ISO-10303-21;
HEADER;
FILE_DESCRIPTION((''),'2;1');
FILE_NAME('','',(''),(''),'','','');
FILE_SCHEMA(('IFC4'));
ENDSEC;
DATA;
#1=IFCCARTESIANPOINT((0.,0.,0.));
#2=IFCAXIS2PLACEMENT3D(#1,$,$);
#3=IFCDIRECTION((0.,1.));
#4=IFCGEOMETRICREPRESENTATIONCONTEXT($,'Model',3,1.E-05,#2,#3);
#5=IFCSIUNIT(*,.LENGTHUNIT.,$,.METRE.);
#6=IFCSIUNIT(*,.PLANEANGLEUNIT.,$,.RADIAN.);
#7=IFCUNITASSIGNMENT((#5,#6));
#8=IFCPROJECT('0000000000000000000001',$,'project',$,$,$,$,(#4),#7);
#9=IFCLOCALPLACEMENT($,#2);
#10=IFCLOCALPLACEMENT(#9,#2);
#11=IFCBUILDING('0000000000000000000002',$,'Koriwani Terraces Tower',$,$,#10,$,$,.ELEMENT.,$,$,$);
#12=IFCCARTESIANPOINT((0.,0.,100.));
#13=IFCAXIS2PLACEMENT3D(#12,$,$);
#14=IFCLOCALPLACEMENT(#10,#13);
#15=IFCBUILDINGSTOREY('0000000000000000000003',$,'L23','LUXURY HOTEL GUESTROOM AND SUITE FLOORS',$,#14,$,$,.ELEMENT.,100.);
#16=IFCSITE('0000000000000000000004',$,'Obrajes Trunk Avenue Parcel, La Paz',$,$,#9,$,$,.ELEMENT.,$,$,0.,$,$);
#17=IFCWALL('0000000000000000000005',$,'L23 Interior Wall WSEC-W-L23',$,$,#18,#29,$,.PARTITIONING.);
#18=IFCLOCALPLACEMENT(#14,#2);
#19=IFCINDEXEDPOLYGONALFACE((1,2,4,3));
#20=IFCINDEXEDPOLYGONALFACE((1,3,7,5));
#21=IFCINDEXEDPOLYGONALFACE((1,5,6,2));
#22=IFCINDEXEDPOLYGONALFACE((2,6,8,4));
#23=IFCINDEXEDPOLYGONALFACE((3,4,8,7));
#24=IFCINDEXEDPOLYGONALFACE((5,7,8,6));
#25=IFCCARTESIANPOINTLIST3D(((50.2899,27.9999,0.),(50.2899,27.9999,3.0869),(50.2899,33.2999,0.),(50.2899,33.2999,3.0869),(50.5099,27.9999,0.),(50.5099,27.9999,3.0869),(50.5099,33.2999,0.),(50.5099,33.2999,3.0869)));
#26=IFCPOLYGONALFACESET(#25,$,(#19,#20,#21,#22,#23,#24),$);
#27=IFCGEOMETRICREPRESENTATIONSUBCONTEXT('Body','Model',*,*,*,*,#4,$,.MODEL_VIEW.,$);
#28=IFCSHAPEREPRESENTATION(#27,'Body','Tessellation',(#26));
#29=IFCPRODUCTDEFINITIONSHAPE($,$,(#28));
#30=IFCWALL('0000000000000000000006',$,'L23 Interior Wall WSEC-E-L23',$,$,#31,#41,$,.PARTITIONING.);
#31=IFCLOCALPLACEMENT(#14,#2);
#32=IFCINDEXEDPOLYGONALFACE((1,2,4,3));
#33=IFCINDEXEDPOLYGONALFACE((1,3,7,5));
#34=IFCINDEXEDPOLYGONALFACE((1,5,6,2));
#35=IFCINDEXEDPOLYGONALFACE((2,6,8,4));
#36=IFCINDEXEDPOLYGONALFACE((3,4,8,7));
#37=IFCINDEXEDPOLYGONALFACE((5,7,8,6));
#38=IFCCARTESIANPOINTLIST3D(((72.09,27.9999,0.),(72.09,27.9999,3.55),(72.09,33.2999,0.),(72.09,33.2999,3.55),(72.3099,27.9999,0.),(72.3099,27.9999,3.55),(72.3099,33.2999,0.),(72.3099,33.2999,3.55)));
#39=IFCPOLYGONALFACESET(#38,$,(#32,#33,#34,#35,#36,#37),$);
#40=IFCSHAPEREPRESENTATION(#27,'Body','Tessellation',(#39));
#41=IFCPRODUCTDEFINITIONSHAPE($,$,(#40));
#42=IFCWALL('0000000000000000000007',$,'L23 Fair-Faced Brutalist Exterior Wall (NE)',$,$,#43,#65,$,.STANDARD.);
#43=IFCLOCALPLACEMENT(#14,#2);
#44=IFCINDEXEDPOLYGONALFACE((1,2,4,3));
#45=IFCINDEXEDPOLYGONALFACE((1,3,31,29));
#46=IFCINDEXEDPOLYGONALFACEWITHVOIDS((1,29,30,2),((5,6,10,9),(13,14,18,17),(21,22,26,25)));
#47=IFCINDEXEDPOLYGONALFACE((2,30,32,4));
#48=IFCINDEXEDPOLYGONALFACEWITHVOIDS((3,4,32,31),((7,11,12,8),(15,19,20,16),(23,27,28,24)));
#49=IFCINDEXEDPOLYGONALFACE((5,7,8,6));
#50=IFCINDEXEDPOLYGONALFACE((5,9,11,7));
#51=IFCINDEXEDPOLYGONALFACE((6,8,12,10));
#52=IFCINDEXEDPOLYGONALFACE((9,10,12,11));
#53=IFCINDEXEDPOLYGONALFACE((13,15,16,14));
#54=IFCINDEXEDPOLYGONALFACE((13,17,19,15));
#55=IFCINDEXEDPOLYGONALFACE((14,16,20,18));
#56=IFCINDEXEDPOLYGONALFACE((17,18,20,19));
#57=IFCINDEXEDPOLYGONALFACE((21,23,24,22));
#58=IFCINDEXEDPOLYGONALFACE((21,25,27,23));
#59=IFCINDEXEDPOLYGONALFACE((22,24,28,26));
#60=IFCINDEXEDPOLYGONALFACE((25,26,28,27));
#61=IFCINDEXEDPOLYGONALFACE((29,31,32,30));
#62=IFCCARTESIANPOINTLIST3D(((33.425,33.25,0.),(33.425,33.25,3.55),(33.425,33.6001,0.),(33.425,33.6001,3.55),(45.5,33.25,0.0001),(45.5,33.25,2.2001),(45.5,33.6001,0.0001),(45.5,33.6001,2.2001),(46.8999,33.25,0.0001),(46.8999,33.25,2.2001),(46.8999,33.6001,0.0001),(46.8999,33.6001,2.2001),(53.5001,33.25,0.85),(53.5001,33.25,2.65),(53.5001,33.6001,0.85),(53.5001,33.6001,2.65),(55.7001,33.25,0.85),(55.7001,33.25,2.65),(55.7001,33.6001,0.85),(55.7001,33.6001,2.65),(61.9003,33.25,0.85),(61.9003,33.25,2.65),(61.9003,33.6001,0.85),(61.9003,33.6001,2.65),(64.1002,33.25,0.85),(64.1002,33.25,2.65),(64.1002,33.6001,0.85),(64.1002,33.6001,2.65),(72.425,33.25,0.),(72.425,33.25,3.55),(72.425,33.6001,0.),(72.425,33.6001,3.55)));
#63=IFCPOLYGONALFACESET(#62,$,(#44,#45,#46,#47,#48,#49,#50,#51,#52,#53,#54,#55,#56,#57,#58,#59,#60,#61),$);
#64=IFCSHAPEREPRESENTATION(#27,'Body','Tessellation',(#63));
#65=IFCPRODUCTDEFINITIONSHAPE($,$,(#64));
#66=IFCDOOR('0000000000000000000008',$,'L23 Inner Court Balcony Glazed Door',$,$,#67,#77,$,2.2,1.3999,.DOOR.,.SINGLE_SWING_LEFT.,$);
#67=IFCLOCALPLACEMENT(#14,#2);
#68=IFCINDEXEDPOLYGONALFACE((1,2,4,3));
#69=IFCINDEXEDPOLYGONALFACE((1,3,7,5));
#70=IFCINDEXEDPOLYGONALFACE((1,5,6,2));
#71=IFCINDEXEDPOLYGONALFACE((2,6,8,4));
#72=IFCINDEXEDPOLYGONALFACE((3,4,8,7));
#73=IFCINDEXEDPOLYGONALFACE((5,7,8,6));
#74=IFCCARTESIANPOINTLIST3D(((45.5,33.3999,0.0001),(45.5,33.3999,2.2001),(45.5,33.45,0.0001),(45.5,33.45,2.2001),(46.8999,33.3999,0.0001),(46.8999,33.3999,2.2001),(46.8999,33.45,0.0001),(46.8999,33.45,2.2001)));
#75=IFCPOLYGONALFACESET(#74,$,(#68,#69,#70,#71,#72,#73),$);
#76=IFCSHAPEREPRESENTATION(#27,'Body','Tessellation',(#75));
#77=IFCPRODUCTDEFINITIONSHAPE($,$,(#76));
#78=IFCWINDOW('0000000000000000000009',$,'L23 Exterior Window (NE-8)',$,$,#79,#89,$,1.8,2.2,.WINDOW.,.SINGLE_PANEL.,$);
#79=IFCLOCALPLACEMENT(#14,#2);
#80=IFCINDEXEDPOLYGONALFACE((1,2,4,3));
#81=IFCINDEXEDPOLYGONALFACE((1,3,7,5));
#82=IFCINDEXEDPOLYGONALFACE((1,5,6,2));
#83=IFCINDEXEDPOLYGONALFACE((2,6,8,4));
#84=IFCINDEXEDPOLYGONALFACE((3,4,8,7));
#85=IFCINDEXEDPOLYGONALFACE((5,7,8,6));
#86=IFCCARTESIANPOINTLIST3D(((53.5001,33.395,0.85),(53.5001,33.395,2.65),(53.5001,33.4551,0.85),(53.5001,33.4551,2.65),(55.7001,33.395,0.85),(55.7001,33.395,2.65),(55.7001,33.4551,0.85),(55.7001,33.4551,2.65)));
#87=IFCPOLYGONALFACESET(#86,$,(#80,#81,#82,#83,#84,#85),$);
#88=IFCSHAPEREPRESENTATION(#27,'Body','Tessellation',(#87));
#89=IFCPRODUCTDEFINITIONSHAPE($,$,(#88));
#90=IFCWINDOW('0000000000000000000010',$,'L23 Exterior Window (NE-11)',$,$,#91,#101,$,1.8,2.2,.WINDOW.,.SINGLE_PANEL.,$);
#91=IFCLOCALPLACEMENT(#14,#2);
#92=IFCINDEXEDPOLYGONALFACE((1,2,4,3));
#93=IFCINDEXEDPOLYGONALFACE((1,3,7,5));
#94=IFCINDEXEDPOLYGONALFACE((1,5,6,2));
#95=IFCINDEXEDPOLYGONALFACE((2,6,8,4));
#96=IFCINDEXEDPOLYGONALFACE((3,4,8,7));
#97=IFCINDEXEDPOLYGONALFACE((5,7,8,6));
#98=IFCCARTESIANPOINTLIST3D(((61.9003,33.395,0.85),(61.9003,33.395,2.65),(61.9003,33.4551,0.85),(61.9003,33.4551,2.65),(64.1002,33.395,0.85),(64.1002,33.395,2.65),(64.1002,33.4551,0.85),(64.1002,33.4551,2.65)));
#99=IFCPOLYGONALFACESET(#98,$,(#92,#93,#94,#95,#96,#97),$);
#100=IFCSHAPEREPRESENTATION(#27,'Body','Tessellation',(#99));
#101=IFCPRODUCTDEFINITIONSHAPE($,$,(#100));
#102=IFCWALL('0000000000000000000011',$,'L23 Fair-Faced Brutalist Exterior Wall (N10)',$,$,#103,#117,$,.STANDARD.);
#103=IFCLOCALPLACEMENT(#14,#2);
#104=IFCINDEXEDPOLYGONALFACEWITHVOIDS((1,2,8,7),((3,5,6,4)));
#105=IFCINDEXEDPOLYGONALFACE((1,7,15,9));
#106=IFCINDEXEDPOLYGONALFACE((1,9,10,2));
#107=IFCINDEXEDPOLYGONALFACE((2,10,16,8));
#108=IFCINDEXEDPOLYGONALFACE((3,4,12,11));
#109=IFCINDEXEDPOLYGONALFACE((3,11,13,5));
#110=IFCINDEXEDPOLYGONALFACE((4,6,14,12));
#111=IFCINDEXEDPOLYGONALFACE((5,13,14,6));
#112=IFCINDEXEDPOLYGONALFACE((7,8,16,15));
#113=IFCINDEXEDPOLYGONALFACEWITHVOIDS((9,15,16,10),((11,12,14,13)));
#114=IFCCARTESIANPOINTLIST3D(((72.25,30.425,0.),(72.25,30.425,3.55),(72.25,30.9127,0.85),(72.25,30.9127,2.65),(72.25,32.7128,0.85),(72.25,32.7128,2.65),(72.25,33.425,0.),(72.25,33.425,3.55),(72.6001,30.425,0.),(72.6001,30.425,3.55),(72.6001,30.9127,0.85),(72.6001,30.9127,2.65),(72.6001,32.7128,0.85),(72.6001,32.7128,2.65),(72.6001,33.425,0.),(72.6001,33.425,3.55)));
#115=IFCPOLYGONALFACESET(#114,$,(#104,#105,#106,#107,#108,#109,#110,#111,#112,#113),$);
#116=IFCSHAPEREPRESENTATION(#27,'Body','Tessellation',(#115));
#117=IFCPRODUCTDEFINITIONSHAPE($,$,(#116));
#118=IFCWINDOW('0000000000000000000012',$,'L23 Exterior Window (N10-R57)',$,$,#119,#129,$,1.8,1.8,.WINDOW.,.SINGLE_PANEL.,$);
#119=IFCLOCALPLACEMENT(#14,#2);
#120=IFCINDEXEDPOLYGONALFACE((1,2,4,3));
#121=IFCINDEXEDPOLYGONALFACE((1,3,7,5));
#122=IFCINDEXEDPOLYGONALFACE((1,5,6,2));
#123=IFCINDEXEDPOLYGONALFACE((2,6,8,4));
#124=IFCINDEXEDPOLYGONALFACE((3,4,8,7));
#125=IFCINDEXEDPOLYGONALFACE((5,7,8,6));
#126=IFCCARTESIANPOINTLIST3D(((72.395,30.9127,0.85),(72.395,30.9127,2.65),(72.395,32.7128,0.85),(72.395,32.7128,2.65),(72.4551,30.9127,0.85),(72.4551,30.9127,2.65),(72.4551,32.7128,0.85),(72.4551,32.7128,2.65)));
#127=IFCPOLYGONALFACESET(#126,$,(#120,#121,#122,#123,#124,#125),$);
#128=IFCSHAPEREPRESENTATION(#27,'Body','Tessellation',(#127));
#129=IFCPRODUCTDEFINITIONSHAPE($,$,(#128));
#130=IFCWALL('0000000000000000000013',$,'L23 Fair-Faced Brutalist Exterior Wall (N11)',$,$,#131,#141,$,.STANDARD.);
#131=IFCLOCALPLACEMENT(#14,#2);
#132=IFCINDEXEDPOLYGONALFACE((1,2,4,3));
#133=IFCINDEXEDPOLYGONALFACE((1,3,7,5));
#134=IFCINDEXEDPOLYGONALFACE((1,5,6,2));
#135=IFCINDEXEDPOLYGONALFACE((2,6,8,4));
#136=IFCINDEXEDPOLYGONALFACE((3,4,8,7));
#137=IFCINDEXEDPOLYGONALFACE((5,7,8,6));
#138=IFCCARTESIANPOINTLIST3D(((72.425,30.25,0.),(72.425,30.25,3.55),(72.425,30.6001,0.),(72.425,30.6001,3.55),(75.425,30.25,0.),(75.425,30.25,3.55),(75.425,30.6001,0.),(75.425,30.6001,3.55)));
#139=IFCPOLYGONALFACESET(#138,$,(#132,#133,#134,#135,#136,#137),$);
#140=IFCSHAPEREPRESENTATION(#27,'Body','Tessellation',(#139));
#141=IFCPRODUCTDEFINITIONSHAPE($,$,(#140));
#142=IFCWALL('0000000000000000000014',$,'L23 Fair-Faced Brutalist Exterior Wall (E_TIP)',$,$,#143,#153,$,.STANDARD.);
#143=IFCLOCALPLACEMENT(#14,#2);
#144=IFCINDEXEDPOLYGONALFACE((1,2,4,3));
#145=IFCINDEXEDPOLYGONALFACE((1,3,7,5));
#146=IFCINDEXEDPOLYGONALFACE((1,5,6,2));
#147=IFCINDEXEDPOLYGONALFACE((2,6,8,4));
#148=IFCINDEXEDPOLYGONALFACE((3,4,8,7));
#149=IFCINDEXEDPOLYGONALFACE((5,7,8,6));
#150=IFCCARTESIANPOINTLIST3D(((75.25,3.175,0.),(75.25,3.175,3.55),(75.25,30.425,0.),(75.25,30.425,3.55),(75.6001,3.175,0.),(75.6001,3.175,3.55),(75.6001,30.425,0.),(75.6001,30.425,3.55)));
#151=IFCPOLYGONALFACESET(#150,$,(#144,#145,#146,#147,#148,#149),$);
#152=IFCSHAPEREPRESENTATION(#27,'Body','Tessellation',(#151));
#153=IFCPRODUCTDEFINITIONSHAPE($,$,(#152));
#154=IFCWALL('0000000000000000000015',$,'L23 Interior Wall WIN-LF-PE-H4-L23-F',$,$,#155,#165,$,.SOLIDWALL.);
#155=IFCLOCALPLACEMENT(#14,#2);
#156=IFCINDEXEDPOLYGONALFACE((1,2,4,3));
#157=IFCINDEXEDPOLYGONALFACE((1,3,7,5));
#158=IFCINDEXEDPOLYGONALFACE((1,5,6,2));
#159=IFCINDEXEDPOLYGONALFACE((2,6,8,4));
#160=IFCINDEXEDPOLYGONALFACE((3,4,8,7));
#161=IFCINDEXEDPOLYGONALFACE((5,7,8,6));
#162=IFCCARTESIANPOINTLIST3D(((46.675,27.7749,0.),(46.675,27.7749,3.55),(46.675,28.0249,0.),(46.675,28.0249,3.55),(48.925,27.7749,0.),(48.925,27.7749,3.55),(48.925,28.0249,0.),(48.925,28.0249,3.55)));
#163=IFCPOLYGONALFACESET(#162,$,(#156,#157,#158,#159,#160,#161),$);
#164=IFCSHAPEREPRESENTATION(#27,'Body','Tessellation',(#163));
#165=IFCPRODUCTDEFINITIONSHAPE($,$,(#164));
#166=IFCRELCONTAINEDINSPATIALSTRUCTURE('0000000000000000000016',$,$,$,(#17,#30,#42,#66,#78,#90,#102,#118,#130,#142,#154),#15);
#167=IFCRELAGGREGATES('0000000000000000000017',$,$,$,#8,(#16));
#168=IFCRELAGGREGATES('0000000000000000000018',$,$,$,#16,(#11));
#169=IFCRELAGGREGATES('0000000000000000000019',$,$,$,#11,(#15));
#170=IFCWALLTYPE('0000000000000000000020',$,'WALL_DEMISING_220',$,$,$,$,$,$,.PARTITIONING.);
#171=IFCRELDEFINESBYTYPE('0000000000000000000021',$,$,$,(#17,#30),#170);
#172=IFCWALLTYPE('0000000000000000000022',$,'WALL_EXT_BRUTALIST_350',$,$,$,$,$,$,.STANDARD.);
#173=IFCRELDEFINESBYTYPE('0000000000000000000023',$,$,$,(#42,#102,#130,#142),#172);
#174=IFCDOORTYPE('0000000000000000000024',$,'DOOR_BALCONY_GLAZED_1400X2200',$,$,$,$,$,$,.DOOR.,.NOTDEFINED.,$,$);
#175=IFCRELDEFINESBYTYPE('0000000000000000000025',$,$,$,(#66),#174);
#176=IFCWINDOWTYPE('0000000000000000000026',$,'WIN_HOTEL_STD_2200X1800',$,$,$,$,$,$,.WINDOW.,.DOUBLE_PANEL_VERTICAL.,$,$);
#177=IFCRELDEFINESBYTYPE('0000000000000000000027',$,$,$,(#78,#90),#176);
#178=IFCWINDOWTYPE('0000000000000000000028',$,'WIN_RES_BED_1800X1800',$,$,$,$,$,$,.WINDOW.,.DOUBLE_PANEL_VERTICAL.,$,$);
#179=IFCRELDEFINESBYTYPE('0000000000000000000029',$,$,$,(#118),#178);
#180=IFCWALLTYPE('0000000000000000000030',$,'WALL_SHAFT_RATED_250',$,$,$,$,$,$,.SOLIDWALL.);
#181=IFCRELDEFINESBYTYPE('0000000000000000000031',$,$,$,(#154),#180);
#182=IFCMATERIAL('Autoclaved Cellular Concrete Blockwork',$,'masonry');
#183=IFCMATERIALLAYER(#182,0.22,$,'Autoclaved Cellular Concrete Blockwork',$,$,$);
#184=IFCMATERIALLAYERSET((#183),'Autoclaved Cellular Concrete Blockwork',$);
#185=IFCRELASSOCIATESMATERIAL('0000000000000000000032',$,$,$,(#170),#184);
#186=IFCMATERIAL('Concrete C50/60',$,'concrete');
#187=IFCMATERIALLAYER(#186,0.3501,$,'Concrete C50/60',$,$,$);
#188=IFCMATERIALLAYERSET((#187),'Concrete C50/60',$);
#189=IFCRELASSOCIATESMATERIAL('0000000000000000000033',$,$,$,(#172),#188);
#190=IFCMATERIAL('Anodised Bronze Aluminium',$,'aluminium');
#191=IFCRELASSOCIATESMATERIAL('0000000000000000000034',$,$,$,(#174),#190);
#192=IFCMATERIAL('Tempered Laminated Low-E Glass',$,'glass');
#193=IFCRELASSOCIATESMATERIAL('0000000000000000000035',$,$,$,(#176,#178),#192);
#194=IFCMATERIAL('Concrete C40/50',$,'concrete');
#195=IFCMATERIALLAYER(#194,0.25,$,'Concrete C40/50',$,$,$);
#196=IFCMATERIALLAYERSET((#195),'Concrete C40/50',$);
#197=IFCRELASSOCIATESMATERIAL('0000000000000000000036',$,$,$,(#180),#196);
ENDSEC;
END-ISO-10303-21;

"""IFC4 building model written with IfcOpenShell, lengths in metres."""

from ifc_helpers import new_model, si_unit, direction, frame, frame_2d, origin, place, context, subcontext, project, spatial, rectangle, extrude, material, layer, layer_set, type_object, element, fill, save


model = new_model("IFC4")

# Units and contexts
model_context = context("Model", 3, precision=1e-05, world=origin(), true_north=direction((0.0, 1.0)))
body_context = subcontext(model_context, "Body", "Model", "MODEL_VIEW")
ifc_project = project(units=[si_unit("LENGTHUNIT", "METRE"), si_unit("PLANEANGLEUNIT", "RADIAN")], contexts=[model_context])

# Site, building, storey
site_placement = place(None, origin())
site = spatial("IfcSite", under=ifc_project, at=site_placement, Name="Obrajes Trunk Avenue Parcel, La Paz", CompositionType="ELEMENT", RefElevation=0.0)
building_placement = place(site_placement, origin())
building = spatial("IfcBuilding", under=site, at=building_placement, Name="Koriwani Terraces Tower", CompositionType="ELEMENT")
storey_placement = place(building_placement, frame((0.0, 0.0, 100.0)))
storey = spatial("IfcBuildingStorey", under=building, at=storey_placement, Name="L23", Description="LUXURY HOTEL GUESTROOM AND SUITE FLOORS", CompositionType="ELEMENT", Elevation=100.0)

# Shared definitions
ifc_material_1 = material(Name="Concrete C40/50", Category="concrete")

# Shared definitions
ifc_material_2 = material(Name="Autoclaved Cellular Concrete Blockwork", Category="masonry")

# Walls
ifc_layer_1 = layer(ifc_material_2, 0.22, Name="Autoclaved Cellular Concrete Blockwork")
ifc_layer_set_1 = layer_set([ifc_layer_1], Name="Autoclaved Cellular Concrete Blockwork")
wall_type_1 = type_object("IfcWallType", Name="WALL_DEMISING_220", PredefinedType="PARTITIONING", material=ifc_layer_set_1)
wall_1_placement = place(storey_placement, frame((50.3999, 28.0, 0.0), z_axis=(0.0, 0.0, 1.0), x_axis=(0.0, 1.0, 0.0)))
element("IfcWall", 1, at=wall_1_placement, inside=storey, type_object=wall_type_1, Name="L23 Interior Wall WSEC-W-L23", PredefinedType="PARTITIONING", context=body_context, shape_type="SweptSolid", body=[
    extrude(rectangle(XDim=5.3, YDim=0.22, at=frame_2d((2.6499, 0.0))), origin(), (0.0, 0.0, 1.0), 3.0869),
])
wall_2_placement = place(storey_placement, frame((72.2, 28.0, 0.0), z_axis=(0.0, 0.0, 1.0), x_axis=(0.0, 1.0, 0.0)))
element("IfcWall", 2, at=wall_2_placement, inside=storey, type_object=wall_type_1, Name="L23 Interior Wall WSEC-E-L23", PredefinedType="PARTITIONING", context=body_context, shape_type="SweptSolid", body=[
    extrude(rectangle(XDim=5.3, YDim=0.22, at=frame_2d((2.6499, 0.0))), origin(), (0.0, 0.0, 1.0), 3.55),
])

# Wall, openings, door, windows
ifc_material_3 = material(Name="Concrete C50/60", Category="concrete")
ifc_layer_2 = layer(ifc_material_3, 0.3501, Name="Concrete C50/60")
ifc_layer_set_2 = layer_set([ifc_layer_2], Name="Concrete C50/60")
wall_type_2 = type_object("IfcWallType", Name="WALL_EXT_BRUTALIST_350", PredefinedType="STANDARD", material=ifc_layer_set_2)
wall_3_placement = place(storey_placement, frame((33.425, 33.425, 0.0), z_axis=(0.0, 0.0, 1.0), x_axis=(1.0, 0.0, 0.0)))
wall_3 = element("IfcWall", 3, at=wall_3_placement, inside=storey, type_object=wall_type_2, Name="L23 Fair-Faced Brutalist Exterior Wall (NE)", PredefinedType="STANDARD", context=body_context, shape_type="SweptSolid", body=[
    extrude(rectangle(XDim=39.0, YDim=0.3501, at=frame_2d((19.5, 0.0))), origin(), (0.0, 0.0, 1.0), 3.55),
])
opening_1_placement = place(wall_3_placement, frame((12.075, 0.0, 0.0)))
opening_1 = element("IfcOpeningElement", 4, at=opening_1_placement, cuts=wall_3, PredefinedType="OPENING", context=body_context, shape_type="SweptSolid", body=[
    extrude(rectangle(XDim=1.3999, YDim=2.2, at=frame_2d((0.7, 1.1001))), frame((0.0, 0.1851, 0.0), z_axis=(0.0, -1.0, 0.0), x_axis=(1.0, 0.0, 0.0)), (0.0, 0.0, 1.0), 0.3701),
])
opening_2_placement = place(wall_3_placement, frame((20.075, 0.0, 0.8501)))
opening_2 = element("IfcOpeningElement", 5, at=opening_2_placement, cuts=wall_3, PredefinedType="OPENING", context=body_context, shape_type="SweptSolid", body=[
    extrude(rectangle(XDim=2.2, YDim=1.8, at=frame_2d((1.1001, 0.8999))), frame((0.0, 0.1851, 0.0), z_axis=(0.0, -1.0, 0.0), x_axis=(1.0, 0.0, 0.0)), (0.0, 0.0, 1.0), 0.3701),
])
opening_3_placement = place(wall_3_placement, frame((28.4751, 0.0, 0.8501)))
opening_3 = element("IfcOpeningElement", 6, at=opening_3_placement, cuts=wall_3, PredefinedType="OPENING", context=body_context, shape_type="SweptSolid", body=[
    extrude(rectangle(XDim=2.2, YDim=1.8, at=frame_2d((1.1001, 0.8999))), frame((0.0, 0.1851, 0.0), z_axis=(0.0, -1.0, 0.0), x_axis=(1.0, 0.0, 0.0)), (0.0, 0.0, 1.0), 0.3701),
])
ifc_material_4 = material(Name="Anodised Bronze Aluminium", Category="aluminium")
door_type_1 = type_object("IfcDoorType", Name="DOOR_BALCONY_GLAZED_1400X2200", OperationType="NOTDEFINED", PredefinedType="DOOR", material=ifc_material_4)
door_1_placement = place(opening_1_placement, origin())
door_1 = element("IfcDoor", 7, at=door_1_placement, inside=storey, type_object=door_type_1, Name="L23 Inner Court Balcony Glazed Door", OperationType="SINGLE_SWING_LEFT", OverallHeight=2.2, OverallWidth=1.3999, PredefinedType="DOOR", context=body_context, shape_type="SweptSolid", body=[
    extrude(rectangle(XDim=1.3999, YDim=2.2, at=frame_2d((0.7, 1.1001))), frame((0.0, 0.0249, 0.0), z_axis=(0.0, -1.0, 0.0), x_axis=(1.0, 0.0, 0.0)), (0.0, 0.0, 1.0), 0.05),
])
fill(opening_1, door_1)
ifc_material_5 = material(Name="Tempered Laminated Low-E Glass", Category="glass")
window_type_1 = type_object("IfcWindowType", Name="WIN_HOTEL_STD_2200X1800", PartitioningType="DOUBLE_PANEL_VERTICAL", PredefinedType="WINDOW", material=ifc_material_5)
window_1_placement = place(opening_2_placement, origin())
window_1 = element("IfcWindow", 8, at=window_1_placement, inside=storey, type_object=window_type_1, Name="L23 Exterior Window (NE-8)", OverallHeight=1.8, OverallWidth=2.2, PartitioningType="SINGLE_PANEL", PredefinedType="WINDOW", context=body_context, shape_type="SweptSolid", body=[
    extrude(rectangle(XDim=2.2, YDim=1.8, at=frame_2d((1.1001, 0.8999))), frame((0.0, 0.03, 0.0), z_axis=(0.0, -1.0, 0.0), x_axis=(1.0, 0.0, 0.0)), (0.0, 0.0, 1.0), 0.0601),
])
fill(opening_2, window_1)
window_2_placement = place(opening_3_placement, origin())
window_2 = element("IfcWindow", 9, at=window_2_placement, inside=storey, type_object=window_type_1, Name="L23 Exterior Window (NE-11)", OverallHeight=1.8, OverallWidth=2.2, PartitioningType="SINGLE_PANEL", PredefinedType="WINDOW", context=body_context, shape_type="SweptSolid", body=[
    extrude(rectangle(XDim=2.2, YDim=1.8, at=frame_2d((1.1001, 0.8999))), frame((0.0, 0.03, 0.0), z_axis=(0.0, -1.0, 0.0), x_axis=(1.0, 0.0, 0.0)), (0.0, 0.0, 1.0), 0.0601),
])
fill(opening_3, window_2)

# Wall, opening, window
wall_4_placement = place(storey_placement, frame((72.425, 33.425, 0.0), z_axis=(0.0, 0.0, 1.0), x_axis=(0.0, -1.0, 0.0)))
wall_4 = element("IfcWall", 10, at=wall_4_placement, inside=storey, type_object=wall_type_2, Name="L23 Fair-Faced Brutalist Exterior Wall (N10)", PredefinedType="STANDARD", context=body_context, shape_type="SweptSolid", body=[
    extrude(rectangle(XDim=3.0, YDim=0.3501, at=frame_2d((1.5, 0.0))), origin(), (0.0, 0.0, 1.0), 3.55),
])
opening_4_placement = place(wall_4_placement, frame((0.7124, 0.0, 0.8501)))
opening_4 = element("IfcOpeningElement", 11, at=opening_4_placement, cuts=wall_4, PredefinedType="OPENING", context=body_context, shape_type="SweptSolid", body=[
    extrude(rectangle(XDim=1.8, YDim=1.8, at=frame_2d((0.8999, 0.8999))), frame((0.0, 0.1851, 0.0), z_axis=(0.0, -1.0, 0.0), x_axis=(1.0, 0.0, 0.0)), (0.0, 0.0, 1.0), 0.3701),
])
window_type_2 = type_object("IfcWindowType", Name="WIN_RES_BED_1800X1800", PartitioningType="DOUBLE_PANEL_VERTICAL", PredefinedType="WINDOW", material=ifc_material_5)
window_3_placement = place(opening_4_placement, origin())
window_3 = element("IfcWindow", 12, at=window_3_placement, inside=storey, type_object=window_type_2, Name="L23 Exterior Window (N10-R57)", OverallHeight=1.8, OverallWidth=1.8, PartitioningType="SINGLE_PANEL", PredefinedType="WINDOW", context=body_context, shape_type="SweptSolid", body=[
    extrude(rectangle(XDim=1.8, YDim=1.8, at=frame_2d((0.8999, 0.8999))), frame((0.0, 0.03, 0.0), z_axis=(0.0, -1.0, 0.0), x_axis=(1.0, 0.0, 0.0)), (0.0, 0.0, 1.0), 0.0601),
])
fill(opening_4, window_3)

# Walls
wall_5_placement = place(storey_placement, frame((72.425, 30.425, 0.0), z_axis=(0.0, 0.0, 1.0), x_axis=(1.0, 0.0, 0.0)))
element("IfcWall", 13, at=wall_5_placement, inside=storey, type_object=wall_type_2, Name="L23 Fair-Faced Brutalist Exterior Wall (N11)", PredefinedType="STANDARD", context=body_context, shape_type="SweptSolid", body=[
    extrude(rectangle(XDim=3.0, YDim=0.3501, at=frame_2d((1.5, 0.0))), origin(), (0.0, 0.0, 1.0), 3.55),
])
wall_6_placement = place(storey_placement, frame((75.425, 30.425, 0.0), z_axis=(0.0, 0.0, 1.0), x_axis=(0.0, -1.0, 0.0)))
element("IfcWall", 14, at=wall_6_placement, inside=storey, type_object=wall_type_2, Name="L23 Fair-Faced Brutalist Exterior Wall (E_TIP)", PredefinedType="STANDARD", context=body_context, shape_type="SweptSolid", body=[
    extrude(rectangle(XDim=27.25, YDim=0.3501, at=frame_2d((13.625, 0.0))), origin(), (0.0, 0.0, 1.0), 3.55),
])
ifc_layer_3 = layer(ifc_material_1, 0.25, Name="Concrete C40/50")
ifc_layer_set_3 = layer_set([ifc_layer_3], Name="Concrete C40/50")
wall_type_3 = type_object("IfcWallType", Name="WALL_SHAFT_RATED_250", PredefinedType="SOLIDWALL", material=ifc_layer_set_3)
wall_7_placement = place(storey_placement, frame((46.675, 27.8999, 0.0), z_axis=(0.0, 0.0, 1.0), x_axis=(1.0, 0.0, 0.0)))
element("IfcWall", 15, at=wall_7_placement, inside=storey, type_object=wall_type_3, Name="L23 Interior Wall WIN-LF-PE-H4-L23-F", PredefinedType="SOLIDWALL", context=body_context, shape_type="SweptSolid", body=[
    extrude(rectangle(XDim=2.25, YDim=0.25, at=frame_2d((1.125, 0.0))), origin(), (0.0, 0.0, 1.0), 3.55),
])

save(model, "model.ifc")
